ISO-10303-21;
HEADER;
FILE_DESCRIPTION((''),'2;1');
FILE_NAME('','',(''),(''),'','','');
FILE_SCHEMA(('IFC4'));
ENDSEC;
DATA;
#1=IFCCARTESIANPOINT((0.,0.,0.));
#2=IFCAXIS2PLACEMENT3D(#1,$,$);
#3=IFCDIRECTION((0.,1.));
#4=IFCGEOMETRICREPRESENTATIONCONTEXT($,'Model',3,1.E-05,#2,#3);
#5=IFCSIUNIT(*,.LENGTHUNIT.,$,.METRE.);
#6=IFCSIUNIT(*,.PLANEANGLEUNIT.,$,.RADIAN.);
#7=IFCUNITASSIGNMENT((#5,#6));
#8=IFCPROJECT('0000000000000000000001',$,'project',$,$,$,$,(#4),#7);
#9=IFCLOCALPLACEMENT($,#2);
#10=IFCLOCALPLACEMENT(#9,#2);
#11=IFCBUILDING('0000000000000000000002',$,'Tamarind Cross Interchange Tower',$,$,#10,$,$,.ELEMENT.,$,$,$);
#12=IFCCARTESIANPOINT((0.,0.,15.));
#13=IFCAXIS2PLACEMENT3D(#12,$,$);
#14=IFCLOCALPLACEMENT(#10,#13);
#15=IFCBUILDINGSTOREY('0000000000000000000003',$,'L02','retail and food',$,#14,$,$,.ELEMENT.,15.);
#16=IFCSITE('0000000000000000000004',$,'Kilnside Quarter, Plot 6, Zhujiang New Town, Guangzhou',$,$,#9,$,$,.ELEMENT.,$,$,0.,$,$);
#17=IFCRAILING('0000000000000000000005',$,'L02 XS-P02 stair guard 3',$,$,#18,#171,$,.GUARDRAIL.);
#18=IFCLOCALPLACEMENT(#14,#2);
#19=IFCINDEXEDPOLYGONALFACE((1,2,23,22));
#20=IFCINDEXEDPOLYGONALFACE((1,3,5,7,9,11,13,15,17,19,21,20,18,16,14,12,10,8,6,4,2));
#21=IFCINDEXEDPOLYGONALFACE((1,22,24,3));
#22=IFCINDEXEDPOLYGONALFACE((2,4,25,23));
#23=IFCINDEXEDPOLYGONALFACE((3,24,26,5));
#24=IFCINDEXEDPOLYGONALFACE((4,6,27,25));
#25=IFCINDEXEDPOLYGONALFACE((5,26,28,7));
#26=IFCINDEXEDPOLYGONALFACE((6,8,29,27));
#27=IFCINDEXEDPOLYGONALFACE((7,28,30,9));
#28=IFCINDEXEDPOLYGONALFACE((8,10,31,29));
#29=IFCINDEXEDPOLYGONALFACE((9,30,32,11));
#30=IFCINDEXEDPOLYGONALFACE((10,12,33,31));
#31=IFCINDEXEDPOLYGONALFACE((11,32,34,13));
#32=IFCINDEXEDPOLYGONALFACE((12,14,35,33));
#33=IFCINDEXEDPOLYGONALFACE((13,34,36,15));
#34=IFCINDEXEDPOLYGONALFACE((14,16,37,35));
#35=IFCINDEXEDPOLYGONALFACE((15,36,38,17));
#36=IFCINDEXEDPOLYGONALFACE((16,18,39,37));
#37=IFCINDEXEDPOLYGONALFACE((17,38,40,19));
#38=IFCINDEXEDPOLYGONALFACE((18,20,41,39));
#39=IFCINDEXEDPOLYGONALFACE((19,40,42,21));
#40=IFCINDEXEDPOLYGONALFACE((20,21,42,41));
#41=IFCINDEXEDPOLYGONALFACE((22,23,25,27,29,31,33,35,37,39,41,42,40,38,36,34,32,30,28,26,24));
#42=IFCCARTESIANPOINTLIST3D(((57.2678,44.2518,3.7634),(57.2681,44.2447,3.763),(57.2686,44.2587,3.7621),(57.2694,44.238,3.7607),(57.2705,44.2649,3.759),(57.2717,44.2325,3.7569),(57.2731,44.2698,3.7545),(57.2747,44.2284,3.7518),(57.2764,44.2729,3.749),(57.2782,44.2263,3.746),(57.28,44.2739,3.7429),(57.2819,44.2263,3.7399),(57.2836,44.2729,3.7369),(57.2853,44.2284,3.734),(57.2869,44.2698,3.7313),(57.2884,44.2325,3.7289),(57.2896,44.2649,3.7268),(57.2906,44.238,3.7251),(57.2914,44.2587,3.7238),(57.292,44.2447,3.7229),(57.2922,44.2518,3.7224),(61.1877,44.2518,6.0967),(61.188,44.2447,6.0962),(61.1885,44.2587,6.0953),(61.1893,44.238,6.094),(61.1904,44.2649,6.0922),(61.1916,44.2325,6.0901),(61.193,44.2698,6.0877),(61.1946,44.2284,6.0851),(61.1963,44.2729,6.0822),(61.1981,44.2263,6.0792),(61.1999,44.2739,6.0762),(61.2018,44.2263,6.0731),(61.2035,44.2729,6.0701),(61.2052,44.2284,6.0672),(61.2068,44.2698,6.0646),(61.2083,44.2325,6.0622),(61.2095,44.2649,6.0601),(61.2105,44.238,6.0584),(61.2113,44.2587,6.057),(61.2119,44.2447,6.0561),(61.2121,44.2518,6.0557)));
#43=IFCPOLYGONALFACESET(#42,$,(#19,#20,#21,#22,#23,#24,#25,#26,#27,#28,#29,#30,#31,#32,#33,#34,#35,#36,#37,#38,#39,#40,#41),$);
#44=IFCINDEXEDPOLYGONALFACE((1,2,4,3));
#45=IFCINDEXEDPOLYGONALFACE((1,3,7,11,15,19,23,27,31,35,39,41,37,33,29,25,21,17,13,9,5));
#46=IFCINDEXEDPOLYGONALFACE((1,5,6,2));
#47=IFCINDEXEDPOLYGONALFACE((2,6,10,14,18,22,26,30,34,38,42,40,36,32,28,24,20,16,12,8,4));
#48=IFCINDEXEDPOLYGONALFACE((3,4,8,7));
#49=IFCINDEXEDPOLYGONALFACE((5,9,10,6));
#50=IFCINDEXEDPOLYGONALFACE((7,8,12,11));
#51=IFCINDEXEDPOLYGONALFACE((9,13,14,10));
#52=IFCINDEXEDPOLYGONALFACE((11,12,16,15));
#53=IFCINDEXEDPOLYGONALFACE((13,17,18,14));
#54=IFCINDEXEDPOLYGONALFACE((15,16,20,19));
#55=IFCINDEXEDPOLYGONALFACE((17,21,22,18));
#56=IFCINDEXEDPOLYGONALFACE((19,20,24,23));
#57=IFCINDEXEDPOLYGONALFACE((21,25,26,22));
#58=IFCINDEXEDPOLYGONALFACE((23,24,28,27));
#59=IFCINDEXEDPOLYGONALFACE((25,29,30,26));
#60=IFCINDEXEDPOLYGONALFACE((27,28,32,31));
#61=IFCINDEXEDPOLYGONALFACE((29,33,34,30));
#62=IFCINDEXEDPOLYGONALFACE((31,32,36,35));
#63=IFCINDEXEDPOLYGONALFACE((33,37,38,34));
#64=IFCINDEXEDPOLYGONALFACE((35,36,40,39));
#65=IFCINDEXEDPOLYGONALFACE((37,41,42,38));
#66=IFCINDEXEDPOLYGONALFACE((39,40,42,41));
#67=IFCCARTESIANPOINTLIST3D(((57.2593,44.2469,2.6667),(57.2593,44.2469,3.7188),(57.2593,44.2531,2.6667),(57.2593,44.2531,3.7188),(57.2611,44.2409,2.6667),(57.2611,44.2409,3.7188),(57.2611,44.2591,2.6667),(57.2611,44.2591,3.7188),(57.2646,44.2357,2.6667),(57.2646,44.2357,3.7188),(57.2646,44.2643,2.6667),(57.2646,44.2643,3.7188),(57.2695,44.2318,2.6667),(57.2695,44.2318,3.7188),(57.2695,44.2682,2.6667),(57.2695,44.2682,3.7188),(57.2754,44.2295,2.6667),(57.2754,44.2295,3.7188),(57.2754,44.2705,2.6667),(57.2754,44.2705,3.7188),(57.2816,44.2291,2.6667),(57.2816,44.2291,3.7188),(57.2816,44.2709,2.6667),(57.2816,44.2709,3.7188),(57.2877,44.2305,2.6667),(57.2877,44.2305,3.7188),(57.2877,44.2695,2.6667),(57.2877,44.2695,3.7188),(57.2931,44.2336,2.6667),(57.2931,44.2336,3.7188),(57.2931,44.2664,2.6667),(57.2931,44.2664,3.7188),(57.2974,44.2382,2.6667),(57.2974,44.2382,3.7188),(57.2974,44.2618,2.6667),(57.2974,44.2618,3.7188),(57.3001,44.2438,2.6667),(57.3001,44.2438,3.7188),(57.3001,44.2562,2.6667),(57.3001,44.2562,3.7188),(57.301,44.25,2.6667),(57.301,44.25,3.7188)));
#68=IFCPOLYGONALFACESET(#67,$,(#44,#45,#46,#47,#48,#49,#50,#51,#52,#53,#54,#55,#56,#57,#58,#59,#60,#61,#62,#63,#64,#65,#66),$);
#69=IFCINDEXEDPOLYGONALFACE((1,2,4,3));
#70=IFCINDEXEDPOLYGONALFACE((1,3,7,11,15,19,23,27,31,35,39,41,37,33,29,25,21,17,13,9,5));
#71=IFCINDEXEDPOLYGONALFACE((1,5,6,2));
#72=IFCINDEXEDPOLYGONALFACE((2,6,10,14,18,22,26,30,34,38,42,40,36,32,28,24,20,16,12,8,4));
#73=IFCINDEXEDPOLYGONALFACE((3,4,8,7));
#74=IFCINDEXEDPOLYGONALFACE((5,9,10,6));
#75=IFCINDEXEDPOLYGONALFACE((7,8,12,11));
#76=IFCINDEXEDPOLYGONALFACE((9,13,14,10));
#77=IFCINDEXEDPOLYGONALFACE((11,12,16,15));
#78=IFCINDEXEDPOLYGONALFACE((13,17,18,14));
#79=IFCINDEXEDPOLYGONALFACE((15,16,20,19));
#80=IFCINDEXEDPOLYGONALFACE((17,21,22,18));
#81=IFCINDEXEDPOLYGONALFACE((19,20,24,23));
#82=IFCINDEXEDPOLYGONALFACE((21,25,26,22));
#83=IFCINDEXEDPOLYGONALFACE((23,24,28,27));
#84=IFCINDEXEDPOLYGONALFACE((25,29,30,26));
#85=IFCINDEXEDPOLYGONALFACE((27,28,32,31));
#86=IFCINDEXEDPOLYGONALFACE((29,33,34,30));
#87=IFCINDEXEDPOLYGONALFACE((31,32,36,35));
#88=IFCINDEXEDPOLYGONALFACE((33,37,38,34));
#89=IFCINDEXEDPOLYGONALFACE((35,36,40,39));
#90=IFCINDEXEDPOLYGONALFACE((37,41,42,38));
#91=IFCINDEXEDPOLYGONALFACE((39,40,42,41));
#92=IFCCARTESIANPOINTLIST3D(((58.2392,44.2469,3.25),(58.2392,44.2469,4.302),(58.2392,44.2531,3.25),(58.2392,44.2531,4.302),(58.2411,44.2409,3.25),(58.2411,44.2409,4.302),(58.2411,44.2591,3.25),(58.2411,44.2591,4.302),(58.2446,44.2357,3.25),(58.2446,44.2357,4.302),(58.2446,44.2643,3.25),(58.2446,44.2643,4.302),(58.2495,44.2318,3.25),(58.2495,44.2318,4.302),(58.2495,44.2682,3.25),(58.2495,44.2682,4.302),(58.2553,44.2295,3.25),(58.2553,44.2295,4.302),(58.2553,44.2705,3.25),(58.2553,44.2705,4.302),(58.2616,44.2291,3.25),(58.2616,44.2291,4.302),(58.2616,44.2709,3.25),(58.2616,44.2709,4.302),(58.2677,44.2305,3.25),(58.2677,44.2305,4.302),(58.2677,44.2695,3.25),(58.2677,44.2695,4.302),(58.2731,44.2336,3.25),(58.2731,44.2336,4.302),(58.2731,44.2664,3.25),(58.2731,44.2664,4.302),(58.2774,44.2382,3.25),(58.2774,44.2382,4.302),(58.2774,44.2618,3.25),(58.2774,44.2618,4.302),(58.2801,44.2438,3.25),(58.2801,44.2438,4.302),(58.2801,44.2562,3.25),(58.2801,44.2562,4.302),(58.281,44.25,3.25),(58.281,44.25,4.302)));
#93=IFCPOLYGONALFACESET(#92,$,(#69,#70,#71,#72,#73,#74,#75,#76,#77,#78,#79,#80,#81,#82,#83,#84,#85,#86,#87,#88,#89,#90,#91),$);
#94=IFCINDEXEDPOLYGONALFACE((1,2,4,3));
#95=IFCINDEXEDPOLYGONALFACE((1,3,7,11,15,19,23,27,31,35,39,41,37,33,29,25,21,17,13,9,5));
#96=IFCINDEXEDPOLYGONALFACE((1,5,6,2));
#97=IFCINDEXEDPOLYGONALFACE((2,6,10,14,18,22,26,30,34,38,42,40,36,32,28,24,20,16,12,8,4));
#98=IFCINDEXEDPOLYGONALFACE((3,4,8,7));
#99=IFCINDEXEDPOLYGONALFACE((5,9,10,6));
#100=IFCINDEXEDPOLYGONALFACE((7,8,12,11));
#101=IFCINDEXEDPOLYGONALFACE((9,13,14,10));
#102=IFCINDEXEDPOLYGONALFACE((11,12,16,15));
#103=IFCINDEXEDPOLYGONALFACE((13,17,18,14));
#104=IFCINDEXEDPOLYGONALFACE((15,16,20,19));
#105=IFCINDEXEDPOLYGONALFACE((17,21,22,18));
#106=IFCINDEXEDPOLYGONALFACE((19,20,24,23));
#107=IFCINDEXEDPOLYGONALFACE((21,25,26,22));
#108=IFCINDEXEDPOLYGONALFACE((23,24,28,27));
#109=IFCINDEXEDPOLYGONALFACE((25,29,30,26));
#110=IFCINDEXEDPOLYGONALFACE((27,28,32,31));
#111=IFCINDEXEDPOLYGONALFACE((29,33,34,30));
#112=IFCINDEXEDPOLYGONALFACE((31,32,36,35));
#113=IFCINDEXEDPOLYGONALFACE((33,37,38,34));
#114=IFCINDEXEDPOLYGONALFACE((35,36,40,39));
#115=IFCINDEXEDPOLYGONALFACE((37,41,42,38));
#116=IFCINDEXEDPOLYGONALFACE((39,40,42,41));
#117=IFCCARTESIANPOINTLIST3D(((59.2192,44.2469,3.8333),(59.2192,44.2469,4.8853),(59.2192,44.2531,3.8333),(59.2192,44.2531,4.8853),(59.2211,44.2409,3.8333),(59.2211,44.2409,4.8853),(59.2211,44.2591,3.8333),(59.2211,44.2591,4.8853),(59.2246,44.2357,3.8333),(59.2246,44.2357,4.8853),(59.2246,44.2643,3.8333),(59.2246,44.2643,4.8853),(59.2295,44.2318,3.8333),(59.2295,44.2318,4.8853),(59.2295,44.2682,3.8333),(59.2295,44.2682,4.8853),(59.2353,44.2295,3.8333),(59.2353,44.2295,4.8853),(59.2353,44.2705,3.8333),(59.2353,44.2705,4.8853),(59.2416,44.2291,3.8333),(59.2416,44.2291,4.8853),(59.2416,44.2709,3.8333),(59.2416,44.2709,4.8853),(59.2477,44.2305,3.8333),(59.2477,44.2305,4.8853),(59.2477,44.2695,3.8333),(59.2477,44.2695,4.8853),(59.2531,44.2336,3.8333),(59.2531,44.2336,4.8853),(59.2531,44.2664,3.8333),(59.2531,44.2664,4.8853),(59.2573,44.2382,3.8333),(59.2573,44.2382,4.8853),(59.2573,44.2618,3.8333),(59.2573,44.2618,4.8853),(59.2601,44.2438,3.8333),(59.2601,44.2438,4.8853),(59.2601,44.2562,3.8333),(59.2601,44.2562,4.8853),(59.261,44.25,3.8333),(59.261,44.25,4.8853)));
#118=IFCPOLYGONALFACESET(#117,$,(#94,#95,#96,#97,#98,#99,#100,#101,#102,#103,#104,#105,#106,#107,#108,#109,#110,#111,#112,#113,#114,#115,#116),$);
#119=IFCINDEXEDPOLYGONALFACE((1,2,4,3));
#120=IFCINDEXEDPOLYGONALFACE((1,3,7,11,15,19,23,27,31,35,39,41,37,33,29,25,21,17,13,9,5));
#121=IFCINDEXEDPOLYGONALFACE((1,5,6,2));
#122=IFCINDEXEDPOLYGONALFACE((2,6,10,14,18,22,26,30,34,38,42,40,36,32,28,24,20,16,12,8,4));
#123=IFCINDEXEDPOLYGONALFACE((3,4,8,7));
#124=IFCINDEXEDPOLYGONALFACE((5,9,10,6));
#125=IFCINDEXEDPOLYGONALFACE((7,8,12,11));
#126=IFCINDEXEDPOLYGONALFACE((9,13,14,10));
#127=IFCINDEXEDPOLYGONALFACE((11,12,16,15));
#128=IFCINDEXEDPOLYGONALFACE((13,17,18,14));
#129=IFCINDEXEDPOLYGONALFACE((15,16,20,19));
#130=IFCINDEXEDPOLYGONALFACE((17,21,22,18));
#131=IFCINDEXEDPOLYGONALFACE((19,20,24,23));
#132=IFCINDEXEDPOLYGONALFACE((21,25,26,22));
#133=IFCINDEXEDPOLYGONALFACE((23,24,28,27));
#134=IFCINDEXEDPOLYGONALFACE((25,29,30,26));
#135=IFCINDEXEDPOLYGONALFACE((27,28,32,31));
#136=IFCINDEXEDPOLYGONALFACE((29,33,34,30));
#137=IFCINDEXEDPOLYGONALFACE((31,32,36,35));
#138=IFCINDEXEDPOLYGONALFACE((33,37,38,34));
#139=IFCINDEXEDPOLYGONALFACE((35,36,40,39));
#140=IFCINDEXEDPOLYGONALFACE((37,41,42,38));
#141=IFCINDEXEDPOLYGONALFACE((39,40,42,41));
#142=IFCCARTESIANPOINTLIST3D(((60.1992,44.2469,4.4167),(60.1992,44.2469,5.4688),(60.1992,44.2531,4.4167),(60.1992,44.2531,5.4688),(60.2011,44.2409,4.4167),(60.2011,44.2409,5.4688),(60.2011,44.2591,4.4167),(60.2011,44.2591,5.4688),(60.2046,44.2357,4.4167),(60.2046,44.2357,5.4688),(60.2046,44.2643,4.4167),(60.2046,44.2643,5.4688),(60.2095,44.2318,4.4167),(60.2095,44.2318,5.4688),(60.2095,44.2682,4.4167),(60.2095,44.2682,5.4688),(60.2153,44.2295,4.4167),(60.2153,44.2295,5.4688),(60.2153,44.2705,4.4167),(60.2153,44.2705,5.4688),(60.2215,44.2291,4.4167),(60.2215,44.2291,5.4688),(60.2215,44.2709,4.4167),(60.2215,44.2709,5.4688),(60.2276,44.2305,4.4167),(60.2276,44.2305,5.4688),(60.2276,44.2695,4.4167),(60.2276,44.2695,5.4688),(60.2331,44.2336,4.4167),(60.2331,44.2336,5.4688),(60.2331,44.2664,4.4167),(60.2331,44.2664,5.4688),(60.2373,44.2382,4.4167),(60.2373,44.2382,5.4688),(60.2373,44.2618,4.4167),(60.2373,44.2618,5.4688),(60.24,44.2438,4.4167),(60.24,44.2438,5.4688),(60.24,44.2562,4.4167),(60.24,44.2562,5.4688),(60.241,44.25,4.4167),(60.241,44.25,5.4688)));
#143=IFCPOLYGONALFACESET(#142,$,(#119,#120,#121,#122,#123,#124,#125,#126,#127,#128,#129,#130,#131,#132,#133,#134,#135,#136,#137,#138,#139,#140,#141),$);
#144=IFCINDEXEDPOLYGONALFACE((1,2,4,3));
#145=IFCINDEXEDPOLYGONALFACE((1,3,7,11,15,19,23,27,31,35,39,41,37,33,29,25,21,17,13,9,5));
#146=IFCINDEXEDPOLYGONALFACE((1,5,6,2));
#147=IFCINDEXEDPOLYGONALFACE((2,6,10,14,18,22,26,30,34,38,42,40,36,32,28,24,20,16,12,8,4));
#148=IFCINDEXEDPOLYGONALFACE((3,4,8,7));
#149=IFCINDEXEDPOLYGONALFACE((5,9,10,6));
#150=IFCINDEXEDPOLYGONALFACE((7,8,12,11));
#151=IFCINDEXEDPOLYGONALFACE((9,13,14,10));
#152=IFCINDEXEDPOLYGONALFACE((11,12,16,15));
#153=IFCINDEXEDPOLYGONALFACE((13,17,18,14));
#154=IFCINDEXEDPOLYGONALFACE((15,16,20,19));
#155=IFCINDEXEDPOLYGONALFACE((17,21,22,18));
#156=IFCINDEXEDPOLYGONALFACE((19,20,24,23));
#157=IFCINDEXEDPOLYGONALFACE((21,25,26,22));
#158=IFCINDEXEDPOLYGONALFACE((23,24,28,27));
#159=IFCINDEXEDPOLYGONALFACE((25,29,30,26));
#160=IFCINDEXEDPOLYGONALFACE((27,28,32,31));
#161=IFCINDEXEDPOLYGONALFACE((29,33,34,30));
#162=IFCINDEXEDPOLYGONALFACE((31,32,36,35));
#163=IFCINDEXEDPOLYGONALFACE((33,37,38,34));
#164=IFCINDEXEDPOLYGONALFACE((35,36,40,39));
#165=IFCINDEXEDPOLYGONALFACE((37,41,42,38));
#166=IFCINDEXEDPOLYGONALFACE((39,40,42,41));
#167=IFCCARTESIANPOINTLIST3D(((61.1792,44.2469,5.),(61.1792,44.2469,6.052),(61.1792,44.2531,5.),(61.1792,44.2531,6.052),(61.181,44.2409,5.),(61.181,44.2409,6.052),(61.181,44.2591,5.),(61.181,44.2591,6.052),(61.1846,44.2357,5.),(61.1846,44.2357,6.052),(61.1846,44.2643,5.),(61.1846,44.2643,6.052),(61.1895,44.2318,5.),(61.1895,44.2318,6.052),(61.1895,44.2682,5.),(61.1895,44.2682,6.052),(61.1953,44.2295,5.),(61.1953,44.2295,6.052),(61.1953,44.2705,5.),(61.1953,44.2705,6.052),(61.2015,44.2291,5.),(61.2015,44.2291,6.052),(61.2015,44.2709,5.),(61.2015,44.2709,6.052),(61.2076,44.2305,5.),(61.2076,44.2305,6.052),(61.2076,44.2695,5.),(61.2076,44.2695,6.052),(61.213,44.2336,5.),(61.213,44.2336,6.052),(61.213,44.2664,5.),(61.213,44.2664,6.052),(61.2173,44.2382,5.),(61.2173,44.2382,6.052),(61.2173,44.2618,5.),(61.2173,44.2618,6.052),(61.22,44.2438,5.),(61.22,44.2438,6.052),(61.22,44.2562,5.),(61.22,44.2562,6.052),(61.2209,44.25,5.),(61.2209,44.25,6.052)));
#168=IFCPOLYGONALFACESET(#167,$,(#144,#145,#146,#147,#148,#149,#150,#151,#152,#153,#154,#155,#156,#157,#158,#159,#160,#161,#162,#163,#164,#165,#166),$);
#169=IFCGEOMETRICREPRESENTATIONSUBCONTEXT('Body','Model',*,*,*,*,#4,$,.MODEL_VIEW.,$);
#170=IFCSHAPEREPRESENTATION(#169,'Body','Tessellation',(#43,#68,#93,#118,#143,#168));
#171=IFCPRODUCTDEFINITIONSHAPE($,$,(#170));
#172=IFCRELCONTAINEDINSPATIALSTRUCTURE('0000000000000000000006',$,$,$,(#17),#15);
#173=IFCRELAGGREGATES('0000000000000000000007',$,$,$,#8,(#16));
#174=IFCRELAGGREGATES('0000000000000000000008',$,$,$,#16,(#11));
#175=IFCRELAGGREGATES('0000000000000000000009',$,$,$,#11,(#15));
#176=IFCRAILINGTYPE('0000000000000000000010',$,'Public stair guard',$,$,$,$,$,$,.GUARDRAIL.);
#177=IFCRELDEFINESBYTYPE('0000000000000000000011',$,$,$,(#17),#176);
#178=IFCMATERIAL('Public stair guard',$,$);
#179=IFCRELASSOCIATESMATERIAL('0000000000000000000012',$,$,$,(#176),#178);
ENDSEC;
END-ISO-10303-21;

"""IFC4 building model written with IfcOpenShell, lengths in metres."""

from ifc_helpers import new_model, si_unit, direction, frame, origin, origin_2d, place, context, subcontext, project, spatial, circle, extrude, material, type_object, element, save


model = new_model("IFC4")

# Units and contexts
model_context = context("Model", 3, precision=1e-05, world=origin(), true_north=direction((0.0, 1.0)))
body_context = subcontext(model_context, "Body", "Model", "MODEL_VIEW")
ifc_project = project(units=[si_unit("LENGTHUNIT", "METRE"), si_unit("PLANEANGLEUNIT", "RADIAN")], contexts=[model_context])

# Site, building, storey
site_placement = place(None, origin())
site = spatial("IfcSite", under=ifc_project, at=site_placement, Name="Kilnside Quarter, Plot 6, Zhujiang New Town, Guangzhou", CompositionType="ELEMENT", RefElevation=0.0)
building_placement = place(site_placement, origin())
building = spatial("IfcBuilding", under=site, at=building_placement, Name="Tamarind Cross Interchange Tower", CompositionType="ELEMENT")
storey_placement = place(building_placement, frame((0.0, 0.0, 15.0)))
storey = spatial("IfcBuildingStorey", under=building, at=storey_placement, Name="L02", Description="retail and food", CompositionType="ELEMENT", Elevation=15.0)

# Railing
ifc_material_1 = material(Name="Public stair guard")
railing_type_1 = type_object("IfcRailingType", Name="Public stair guard", PredefinedType="GUARDRAIL", material=ifc_material_1)
railing_1_placement = place(storey_placement, frame((57.28, 44.25, 2.6667)))
element("IfcRailing", 1, at=railing_1_placement, inside=storey, type_object=railing_type_1, Name="L02 XS-P02 stair guard 3", PredefinedType="GUARDRAIL", context=body_context, shape_type="SweptSolid", body=[
    extrude(circle(Radius=0.0239, at=origin_2d()), frame((0.0, 0.0, 1.0762), z_axis=(0.859296, 0.0, 0.511478), x_axis=(0.0, 1.0, 0.0)), (0.0, 0.0, 1.0), 4.5618),
    extrude(circle(Radius=0.021, at=origin_2d()), origin(), (0.0, 0.0, 1.0), 1.052),
    extrude(circle(Radius=0.021, at=origin_2d()), frame((0.98, 0.0, 0.5833)), (0.0, 0.0, 1.0), 1.052),
    extrude(circle(Radius=0.021, at=origin_2d()), frame((1.96, 0.0, 1.1665)), (0.0, 0.0, 1.0), 1.052),
    extrude(circle(Radius=0.021, at=origin_2d()), frame((2.9399, 0.0, 1.75)), (0.0, 0.0, 1.0), 1.052),
    extrude(circle(Radius=0.021, at=origin_2d()), frame((3.9199, 0.0, 2.3333)), (0.0, 0.0, 1.0), 1.052),
])

save(model, "model.ifc")
